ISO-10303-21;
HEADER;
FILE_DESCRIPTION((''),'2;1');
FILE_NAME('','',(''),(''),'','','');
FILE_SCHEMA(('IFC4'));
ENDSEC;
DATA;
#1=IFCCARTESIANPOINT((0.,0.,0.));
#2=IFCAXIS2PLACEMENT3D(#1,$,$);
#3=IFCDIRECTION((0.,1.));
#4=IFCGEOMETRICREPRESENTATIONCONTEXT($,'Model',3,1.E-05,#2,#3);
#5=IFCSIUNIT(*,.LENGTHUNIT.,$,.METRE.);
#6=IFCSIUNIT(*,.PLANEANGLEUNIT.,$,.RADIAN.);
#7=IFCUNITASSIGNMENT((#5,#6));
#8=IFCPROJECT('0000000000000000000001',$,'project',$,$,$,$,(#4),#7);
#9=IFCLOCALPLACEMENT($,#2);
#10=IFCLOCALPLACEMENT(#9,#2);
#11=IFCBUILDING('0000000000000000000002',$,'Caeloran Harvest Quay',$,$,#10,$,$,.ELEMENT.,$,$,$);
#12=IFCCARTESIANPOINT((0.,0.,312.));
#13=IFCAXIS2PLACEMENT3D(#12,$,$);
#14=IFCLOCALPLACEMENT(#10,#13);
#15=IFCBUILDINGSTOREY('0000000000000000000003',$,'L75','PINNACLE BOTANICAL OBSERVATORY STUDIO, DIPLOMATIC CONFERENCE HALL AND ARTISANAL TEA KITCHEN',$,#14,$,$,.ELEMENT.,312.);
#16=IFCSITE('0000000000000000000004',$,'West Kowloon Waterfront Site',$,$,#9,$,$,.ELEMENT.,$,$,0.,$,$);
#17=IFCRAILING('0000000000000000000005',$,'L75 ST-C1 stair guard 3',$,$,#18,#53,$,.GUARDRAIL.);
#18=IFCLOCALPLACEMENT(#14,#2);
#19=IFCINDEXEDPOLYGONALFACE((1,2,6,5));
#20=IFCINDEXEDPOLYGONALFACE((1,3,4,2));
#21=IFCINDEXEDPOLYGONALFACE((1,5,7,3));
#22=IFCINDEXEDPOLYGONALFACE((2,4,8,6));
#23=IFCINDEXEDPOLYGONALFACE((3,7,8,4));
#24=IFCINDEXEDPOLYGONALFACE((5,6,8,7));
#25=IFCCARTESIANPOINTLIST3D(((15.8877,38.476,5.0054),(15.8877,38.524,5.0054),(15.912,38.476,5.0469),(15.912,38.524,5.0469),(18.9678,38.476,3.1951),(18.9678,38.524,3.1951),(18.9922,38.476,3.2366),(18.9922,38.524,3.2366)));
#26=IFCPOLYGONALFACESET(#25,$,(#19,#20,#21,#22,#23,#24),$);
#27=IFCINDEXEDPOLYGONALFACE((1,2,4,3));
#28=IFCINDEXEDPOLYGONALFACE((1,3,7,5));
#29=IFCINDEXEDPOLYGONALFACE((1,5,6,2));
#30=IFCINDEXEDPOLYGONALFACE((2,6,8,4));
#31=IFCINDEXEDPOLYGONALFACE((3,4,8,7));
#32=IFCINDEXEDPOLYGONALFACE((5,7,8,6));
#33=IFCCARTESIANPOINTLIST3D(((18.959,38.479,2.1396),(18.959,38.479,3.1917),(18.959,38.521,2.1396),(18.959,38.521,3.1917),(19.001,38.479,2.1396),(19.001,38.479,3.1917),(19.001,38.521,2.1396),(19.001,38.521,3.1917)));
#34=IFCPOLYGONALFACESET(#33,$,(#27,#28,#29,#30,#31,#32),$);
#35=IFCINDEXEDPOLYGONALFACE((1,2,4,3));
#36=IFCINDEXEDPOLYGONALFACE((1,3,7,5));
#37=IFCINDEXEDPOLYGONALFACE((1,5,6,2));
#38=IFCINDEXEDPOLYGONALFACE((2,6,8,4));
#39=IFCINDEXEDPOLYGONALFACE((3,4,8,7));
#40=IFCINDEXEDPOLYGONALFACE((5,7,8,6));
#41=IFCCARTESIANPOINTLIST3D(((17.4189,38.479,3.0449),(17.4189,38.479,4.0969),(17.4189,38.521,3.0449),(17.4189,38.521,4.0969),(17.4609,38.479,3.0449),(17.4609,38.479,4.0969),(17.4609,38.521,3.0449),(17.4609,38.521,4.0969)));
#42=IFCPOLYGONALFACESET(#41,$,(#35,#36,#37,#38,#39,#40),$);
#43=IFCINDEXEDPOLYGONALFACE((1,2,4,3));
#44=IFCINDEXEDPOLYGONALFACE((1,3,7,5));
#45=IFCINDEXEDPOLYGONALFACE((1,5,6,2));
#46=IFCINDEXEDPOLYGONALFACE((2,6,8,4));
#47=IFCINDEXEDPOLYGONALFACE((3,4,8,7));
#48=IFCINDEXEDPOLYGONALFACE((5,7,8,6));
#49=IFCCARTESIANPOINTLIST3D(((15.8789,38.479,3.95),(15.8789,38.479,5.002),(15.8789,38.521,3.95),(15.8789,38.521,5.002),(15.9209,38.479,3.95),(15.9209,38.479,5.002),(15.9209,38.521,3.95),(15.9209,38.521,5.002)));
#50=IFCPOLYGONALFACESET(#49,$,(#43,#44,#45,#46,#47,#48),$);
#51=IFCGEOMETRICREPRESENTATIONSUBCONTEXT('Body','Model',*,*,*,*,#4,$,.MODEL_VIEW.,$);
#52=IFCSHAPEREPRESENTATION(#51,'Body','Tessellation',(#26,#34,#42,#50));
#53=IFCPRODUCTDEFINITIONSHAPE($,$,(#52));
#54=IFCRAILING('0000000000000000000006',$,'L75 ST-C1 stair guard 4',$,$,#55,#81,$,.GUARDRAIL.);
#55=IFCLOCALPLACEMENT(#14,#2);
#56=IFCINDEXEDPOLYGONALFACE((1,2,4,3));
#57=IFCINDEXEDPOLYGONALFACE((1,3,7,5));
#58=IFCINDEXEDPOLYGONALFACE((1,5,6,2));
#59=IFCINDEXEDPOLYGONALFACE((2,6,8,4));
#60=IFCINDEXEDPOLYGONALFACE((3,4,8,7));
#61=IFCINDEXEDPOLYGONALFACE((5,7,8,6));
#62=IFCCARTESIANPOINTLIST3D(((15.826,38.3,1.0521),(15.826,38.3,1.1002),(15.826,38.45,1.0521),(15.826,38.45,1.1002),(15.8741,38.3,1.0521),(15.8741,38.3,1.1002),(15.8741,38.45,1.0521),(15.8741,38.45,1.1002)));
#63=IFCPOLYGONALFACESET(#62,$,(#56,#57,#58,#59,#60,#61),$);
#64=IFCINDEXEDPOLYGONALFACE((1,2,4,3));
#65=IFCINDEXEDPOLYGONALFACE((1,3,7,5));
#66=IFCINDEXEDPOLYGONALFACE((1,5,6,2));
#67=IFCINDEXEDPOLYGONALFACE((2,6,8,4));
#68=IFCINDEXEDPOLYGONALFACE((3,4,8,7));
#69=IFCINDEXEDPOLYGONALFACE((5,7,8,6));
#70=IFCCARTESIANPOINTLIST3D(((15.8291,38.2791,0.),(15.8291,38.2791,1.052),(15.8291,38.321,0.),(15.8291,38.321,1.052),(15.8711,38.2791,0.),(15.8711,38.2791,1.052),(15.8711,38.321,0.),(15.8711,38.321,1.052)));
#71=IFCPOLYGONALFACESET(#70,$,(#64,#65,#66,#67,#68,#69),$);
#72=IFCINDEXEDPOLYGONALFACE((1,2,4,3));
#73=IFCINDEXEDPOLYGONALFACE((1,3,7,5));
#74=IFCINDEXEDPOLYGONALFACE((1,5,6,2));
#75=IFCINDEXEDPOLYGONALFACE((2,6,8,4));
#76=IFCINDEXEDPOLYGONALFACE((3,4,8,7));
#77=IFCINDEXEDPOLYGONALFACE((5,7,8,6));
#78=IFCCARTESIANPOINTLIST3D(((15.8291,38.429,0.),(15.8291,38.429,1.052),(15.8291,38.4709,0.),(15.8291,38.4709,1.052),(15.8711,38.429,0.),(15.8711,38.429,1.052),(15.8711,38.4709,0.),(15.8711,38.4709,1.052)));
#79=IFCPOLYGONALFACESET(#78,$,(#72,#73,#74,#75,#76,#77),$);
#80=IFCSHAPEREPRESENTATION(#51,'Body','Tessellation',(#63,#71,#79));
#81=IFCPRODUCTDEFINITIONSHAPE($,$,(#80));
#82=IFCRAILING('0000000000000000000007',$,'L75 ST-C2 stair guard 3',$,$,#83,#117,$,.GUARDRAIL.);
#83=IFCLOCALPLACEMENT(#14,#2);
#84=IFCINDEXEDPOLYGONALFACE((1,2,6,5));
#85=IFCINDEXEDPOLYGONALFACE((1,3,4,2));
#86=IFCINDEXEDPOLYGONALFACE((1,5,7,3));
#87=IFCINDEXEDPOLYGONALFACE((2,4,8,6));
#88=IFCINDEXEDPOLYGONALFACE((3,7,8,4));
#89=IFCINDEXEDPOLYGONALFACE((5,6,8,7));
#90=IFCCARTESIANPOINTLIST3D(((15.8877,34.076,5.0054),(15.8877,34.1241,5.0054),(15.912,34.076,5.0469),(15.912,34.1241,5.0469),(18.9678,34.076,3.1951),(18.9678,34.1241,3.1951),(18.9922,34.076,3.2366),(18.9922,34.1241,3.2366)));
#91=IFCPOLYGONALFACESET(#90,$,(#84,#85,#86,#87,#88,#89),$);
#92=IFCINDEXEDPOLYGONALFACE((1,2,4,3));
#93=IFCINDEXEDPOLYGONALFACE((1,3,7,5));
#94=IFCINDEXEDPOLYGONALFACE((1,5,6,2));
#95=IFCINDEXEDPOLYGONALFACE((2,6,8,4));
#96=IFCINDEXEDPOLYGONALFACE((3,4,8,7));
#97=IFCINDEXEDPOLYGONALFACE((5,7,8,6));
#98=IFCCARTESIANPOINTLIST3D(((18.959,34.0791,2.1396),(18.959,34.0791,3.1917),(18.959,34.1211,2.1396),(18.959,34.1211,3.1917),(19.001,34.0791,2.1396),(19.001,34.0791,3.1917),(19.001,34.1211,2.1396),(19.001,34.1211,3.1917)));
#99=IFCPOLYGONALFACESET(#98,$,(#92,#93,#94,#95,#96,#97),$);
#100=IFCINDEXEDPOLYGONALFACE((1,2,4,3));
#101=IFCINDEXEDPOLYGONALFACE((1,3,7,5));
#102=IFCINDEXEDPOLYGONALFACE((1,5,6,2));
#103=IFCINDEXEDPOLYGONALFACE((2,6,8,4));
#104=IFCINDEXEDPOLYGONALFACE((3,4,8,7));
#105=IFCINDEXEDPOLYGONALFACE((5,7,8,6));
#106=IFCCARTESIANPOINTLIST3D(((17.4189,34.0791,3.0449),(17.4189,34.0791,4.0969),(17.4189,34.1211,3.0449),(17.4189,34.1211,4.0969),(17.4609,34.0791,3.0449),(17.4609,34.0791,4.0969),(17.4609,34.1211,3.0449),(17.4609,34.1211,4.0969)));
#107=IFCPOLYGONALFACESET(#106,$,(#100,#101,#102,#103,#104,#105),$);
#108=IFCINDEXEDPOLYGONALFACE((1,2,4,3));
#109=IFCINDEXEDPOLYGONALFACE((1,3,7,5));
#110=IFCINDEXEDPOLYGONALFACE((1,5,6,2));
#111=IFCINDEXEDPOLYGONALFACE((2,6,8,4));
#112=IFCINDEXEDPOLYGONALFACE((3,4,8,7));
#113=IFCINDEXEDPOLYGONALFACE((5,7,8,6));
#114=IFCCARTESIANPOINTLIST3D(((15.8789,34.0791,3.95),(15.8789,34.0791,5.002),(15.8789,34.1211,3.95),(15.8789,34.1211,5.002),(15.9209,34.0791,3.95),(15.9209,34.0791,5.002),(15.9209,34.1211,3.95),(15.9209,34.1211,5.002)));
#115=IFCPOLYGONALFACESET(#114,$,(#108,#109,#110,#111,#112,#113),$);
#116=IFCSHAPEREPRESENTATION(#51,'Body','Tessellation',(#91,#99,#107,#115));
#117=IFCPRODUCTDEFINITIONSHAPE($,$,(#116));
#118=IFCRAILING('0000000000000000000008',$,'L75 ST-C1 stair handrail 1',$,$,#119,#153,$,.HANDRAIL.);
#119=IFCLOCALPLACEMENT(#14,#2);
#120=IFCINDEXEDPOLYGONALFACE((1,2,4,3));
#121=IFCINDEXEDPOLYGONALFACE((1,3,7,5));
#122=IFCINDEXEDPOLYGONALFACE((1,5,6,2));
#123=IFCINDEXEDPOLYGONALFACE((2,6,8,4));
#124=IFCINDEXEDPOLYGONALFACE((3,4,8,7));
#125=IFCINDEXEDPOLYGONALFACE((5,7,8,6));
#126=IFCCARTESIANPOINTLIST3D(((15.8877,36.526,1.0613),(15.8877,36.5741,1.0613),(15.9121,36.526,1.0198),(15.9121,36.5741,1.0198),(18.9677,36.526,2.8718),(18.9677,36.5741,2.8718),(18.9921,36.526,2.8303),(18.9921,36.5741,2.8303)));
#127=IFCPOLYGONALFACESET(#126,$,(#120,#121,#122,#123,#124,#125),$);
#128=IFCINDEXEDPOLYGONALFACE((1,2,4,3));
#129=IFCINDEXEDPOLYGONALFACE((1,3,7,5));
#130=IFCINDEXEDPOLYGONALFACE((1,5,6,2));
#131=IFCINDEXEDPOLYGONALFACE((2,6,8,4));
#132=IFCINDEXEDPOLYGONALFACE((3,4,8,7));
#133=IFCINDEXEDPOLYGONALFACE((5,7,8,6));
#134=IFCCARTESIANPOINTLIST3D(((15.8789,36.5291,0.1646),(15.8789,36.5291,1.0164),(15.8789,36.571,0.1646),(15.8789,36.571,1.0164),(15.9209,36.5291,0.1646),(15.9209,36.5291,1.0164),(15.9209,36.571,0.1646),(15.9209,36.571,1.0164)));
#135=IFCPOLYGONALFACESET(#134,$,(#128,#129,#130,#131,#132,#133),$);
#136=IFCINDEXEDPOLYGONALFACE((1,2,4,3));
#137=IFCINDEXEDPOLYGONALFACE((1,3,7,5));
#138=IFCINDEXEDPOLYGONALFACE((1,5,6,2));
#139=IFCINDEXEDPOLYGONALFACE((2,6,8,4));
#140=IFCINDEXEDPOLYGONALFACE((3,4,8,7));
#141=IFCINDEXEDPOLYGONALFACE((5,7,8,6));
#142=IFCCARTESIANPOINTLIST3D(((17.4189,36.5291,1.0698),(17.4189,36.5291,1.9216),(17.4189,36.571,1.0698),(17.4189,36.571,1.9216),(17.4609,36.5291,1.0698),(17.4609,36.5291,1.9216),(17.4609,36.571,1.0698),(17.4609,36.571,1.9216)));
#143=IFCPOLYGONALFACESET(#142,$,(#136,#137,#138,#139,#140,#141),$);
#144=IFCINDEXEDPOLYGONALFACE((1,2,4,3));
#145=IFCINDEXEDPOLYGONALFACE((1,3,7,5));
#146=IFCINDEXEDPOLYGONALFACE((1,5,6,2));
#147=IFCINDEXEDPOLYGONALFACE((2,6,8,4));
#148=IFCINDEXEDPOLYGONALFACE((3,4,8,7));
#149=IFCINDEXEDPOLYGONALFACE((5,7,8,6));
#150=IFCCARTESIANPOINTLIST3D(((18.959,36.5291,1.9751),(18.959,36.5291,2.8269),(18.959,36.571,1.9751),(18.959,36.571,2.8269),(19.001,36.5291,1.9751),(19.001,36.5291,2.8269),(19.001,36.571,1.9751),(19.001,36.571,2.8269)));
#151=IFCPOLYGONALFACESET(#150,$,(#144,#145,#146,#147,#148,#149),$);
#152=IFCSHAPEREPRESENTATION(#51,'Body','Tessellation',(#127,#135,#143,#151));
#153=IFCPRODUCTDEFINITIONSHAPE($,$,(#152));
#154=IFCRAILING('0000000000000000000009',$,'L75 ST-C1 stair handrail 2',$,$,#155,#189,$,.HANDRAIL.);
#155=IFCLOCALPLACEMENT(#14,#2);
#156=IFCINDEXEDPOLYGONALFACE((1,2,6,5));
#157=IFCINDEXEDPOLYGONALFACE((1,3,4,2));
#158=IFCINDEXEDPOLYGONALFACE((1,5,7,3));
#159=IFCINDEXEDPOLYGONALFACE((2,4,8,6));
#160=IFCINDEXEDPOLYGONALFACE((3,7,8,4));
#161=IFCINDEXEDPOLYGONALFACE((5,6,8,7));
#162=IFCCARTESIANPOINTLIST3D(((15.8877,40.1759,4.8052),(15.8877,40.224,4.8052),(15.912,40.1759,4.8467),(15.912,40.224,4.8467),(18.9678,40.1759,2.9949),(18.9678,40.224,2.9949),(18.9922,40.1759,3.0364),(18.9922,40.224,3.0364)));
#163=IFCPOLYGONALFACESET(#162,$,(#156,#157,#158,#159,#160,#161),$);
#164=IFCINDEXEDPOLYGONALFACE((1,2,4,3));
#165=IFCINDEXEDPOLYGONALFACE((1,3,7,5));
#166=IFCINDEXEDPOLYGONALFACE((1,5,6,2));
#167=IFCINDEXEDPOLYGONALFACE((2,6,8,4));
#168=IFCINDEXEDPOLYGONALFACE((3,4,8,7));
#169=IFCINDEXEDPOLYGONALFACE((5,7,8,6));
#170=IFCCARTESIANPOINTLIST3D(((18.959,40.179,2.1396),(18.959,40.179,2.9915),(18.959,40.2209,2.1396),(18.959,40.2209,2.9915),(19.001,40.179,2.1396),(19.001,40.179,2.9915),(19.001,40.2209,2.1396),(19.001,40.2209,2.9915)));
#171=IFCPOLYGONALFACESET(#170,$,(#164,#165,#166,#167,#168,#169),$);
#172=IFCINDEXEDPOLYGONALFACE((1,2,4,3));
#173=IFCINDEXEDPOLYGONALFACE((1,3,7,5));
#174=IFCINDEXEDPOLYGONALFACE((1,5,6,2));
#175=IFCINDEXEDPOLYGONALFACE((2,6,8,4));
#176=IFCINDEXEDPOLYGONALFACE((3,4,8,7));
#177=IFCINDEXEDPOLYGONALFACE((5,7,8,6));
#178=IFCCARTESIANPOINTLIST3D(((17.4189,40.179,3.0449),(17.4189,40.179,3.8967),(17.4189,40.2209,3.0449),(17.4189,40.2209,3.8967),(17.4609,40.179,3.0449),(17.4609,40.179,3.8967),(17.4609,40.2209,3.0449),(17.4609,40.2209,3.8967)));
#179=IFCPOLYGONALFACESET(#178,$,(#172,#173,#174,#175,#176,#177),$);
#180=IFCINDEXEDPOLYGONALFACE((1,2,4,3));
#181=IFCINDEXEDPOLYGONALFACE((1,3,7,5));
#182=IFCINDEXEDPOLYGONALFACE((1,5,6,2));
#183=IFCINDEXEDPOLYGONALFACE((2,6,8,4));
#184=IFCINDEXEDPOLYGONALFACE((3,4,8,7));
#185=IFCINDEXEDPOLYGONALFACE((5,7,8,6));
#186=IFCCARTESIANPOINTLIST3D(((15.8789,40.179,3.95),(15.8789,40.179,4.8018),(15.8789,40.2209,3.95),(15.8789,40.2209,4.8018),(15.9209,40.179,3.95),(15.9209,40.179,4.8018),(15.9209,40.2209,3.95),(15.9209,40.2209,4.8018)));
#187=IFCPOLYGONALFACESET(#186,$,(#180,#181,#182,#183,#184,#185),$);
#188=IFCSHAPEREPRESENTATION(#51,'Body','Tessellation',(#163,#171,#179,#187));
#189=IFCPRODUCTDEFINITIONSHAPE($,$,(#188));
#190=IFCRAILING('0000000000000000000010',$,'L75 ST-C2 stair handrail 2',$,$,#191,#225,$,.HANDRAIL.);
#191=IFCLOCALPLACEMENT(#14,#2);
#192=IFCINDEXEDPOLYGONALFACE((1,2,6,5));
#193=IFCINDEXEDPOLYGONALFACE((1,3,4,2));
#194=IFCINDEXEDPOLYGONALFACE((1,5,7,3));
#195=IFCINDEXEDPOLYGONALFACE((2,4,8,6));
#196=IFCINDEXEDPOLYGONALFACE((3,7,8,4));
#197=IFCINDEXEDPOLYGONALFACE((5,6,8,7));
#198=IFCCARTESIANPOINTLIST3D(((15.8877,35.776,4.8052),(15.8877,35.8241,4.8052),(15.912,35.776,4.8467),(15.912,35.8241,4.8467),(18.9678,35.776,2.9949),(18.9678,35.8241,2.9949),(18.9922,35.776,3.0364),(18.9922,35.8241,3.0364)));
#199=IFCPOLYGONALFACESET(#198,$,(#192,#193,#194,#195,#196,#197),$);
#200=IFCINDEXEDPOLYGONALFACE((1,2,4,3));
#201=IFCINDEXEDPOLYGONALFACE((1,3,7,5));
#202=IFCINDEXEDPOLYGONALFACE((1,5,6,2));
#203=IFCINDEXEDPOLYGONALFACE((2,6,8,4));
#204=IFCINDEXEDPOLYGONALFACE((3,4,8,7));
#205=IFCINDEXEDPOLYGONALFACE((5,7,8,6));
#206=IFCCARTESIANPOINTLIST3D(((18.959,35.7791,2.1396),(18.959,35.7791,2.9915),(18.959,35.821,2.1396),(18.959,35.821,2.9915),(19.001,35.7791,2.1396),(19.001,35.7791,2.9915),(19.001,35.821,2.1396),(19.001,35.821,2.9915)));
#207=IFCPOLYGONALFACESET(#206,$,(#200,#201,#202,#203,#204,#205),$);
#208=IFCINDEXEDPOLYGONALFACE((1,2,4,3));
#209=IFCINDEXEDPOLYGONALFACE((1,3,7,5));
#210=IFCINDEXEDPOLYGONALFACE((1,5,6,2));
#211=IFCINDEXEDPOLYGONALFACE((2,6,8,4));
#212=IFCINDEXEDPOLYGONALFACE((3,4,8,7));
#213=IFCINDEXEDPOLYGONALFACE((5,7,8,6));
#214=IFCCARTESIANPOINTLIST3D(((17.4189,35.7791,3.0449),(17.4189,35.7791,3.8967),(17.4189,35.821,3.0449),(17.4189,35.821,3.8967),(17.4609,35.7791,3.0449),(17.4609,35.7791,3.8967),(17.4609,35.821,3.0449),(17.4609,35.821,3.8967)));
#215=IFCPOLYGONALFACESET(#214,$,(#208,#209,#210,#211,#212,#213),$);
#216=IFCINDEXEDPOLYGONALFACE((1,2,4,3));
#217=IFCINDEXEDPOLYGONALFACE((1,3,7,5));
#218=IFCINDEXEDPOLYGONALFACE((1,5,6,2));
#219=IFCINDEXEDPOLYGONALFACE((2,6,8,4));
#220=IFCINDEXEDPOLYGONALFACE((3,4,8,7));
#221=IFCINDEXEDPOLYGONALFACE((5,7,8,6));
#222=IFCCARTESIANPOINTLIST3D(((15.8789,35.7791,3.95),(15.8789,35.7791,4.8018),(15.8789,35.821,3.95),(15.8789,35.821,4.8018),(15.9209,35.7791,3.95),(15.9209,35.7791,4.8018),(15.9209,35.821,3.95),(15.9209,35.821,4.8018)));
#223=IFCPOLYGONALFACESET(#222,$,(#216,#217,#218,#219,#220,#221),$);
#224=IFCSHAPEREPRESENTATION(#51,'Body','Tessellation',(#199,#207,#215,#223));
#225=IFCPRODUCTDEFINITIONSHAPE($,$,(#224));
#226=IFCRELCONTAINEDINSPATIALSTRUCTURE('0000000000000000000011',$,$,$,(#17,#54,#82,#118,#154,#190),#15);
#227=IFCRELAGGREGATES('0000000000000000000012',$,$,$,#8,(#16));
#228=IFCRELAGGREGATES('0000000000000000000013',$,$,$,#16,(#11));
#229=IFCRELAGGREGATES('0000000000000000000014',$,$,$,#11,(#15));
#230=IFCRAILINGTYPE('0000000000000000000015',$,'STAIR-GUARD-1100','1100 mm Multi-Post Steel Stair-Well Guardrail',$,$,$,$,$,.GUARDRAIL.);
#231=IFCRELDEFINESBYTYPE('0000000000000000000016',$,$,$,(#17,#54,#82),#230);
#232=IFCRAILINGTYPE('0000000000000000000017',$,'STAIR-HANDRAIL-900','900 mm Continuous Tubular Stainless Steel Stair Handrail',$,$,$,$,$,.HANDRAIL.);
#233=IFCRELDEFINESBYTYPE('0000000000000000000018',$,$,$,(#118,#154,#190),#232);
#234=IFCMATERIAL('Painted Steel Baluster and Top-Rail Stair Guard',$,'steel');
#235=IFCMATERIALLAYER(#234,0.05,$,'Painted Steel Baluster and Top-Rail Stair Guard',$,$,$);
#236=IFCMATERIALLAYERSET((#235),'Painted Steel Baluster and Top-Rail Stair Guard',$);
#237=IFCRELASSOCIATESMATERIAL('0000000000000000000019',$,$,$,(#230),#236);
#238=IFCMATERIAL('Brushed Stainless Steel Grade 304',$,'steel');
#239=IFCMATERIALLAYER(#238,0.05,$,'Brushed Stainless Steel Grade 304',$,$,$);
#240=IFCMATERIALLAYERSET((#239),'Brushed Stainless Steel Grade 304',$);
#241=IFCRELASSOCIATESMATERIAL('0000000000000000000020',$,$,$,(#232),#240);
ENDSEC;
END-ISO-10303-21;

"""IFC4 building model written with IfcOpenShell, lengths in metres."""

from ifc_helpers import new_model, si_unit, direction, frame, origin, origin_2d, place, context, subcontext, project, spatial, rectangle, extrude, material, layer, layer_set, type_object, element, save


model = new_model("IFC4")

# Units and contexts
model_context = context("Model", 3, precision=1e-05, world=origin(), true_north=direction((0.0, 1.0)))
body_context = subcontext(model_context, "Body", "Model", "MODEL_VIEW")
ifc_project = project(units=[si_unit("LENGTHUNIT", "METRE"), si_unit("PLANEANGLEUNIT", "RADIAN")], contexts=[model_context])

# Site, building, storey
site_placement = place(None, origin())
site = spatial("IfcSite", under=ifc_project, at=site_placement, Name="West Kowloon Waterfront Site", CompositionType="ELEMENT", RefElevation=0.0)
building_placement = place(site_placement, origin())
building = spatial("IfcBuilding", under=site, at=building_placement, Name="Caeloran Harvest Quay", CompositionType="ELEMENT")
storey_placement = place(building_placement, frame((0.0, 0.0, 312.0)))
storey = spatial("IfcBuildingStorey", under=building, at=storey_placement, Name="L75", Description="PINNACLE BOTANICAL OBSERVATORY STUDIO, DIPLOMATIC CONFERENCE HALL AND ARTISANAL TEA KITCHEN", CompositionType="ELEMENT", Elevation=312.0)

# Railings
ifc_material_1 = material(Name="Painted Steel Baluster and Top-Rail Stair Guard", Category="steel")
ifc_layer_1 = layer(ifc_material_1, 0.05, Name="Painted Steel Baluster and Top-Rail Stair Guard")
ifc_layer_set_1 = layer_set([ifc_layer_1], Name="Painted Steel Baluster and Top-Rail Stair Guard")
railing_type_1 = type_object("IfcRailingType", Name="STAIR-GUARD-1100", Description="1100 mm Multi-Post Steel Stair-Well Guardrail", PredefinedType="GUARDRAIL", material=ifc_layer_set_1)
railing_1_placement = place(storey_placement, frame((18.98, 38.5, 2.1396)))
element("IfcRailing", 1, at=railing_1_placement, inside=storey, type_object=railing_type_1, Name="L75 ST-C1 stair guard 3", PredefinedType="GUARDRAIL", context=body_context, shape_type="SweptSolid", body=[
    extrude(rectangle(XDim=0.0481, YDim=0.0481, at=origin_2d()), frame((0.0, 0.0, 1.0762), z_axis=(-0.862119, 0.0, 0.506707), x_axis=(0.0, -1.0, 0.0)), (0.0, 0.0, 1.0), 3.5728),
    extrude(rectangle(XDim=0.042, YDim=0.042, at=origin_2d()), origin(), (0.0, 0.0, 1.0), 1.052),
    extrude(rectangle(XDim=0.042, YDim=0.042, at=origin_2d()), frame((-1.54, 0.0, 0.9053)), (0.0, 0.0, 1.0), 1.052),
    extrude(rectangle(XDim=0.042, YDim=0.042, at=origin_2d()), frame((-3.0801, 0.0, 1.8103)), (0.0, 0.0, 1.0), 1.052),
])
railing_2_placement = place(storey_placement, frame((15.8501, 38.3, 0.0)))
element("IfcRailing", 2, at=railing_2_placement, inside=storey, type_object=railing_type_1, Name="L75 ST-C1 stair guard 4", PredefinedType="GUARDRAIL", context=body_context, shape_type="SweptSolid", body=[
    extrude(rectangle(XDim=0.0481, YDim=0.0481, at=origin_2d()), frame((0.0, 0.0, 1.0762), z_axis=(0.0, 1.0, 0.0), x_axis=(-1.0, 0.0, 0.0)), (0.0, 0.0, 1.0), 0.1499),
    extrude(rectangle(XDim=0.042, YDim=0.042, at=origin_2d()), origin(), (0.0, 0.0, 1.0), 1.052),
    extrude(rectangle(XDim=0.042, YDim=0.042, at=origin_2d()), frame((0.0, 0.1499, 0.0)), (0.0, 0.0, 1.0), 1.052),
])
railing_3_placement = place(storey_placement, frame((18.98, 34.1001, 2.1396)))
element("IfcRailing", 3, at=railing_3_placement, inside=storey, type_object=railing_type_1, Name="L75 ST-C2 stair guard 3", PredefinedType="GUARDRAIL", context=body_context, shape_type="SweptSolid", body=[
    extrude(rectangle(XDim=0.0481, YDim=0.0481, at=origin_2d()), frame((0.0, 0.0, 1.0762), z_axis=(-0.862119, 0.0, 0.506707), x_axis=(0.0, -1.0, 0.0)), (0.0, 0.0, 1.0), 3.5728),
    extrude(rectangle(XDim=0.042, YDim=0.042, at=origin_2d()), origin(), (0.0, 0.0, 1.0), 1.052),
    extrude(rectangle(XDim=0.042, YDim=0.042, at=origin_2d()), frame((-1.54, 0.0, 0.9053)), (0.0, 0.0, 1.0), 1.052),
    extrude(rectangle(XDim=0.042, YDim=0.042, at=origin_2d()), frame((-3.0801, 0.0, 1.8103)), (0.0, 0.0, 1.0), 1.052),
])
ifc_material_2 = material(Name="Brushed Stainless Steel Grade 304", Category="steel")
ifc_layer_2 = layer(ifc_material_2, 0.05, Name="Brushed Stainless Steel Grade 304")
ifc_layer_set_2 = layer_set([ifc_layer_2], Name="Brushed Stainless Steel Grade 304")
railing_type_2 = type_object("IfcRailingType", Name="STAIR-HANDRAIL-900", Description="900 mm Continuous Tubular Stainless Steel Stair Handrail", PredefinedType="HANDRAIL", material=ifc_layer_set_2)
railing_4_placement = place(storey_placement, frame((15.8999, 36.55, 0.1646)))
element("IfcRailing", 4, at=railing_4_placement, inside=storey, type_object=railing_type_2, Name="L75 ST-C1 stair handrail 1", PredefinedType="HANDRAIL", context=body_context, shape_type="SweptSolid", body=[
    extrude(rectangle(XDim=0.0481, YDim=0.0481, at=origin_2d()), frame((0.0, 0.0, 0.876), z_axis=(0.862089, 0.0, 0.506757), x_axis=(0.0, 1.0, 0.0)), (0.0, 0.0, 1.0), 3.5728),
    extrude(rectangle(XDim=0.042, YDim=0.042, at=origin_2d()), origin(), (0.0, 0.0, 1.0), 0.8518),
    extrude(rectangle(XDim=0.042, YDim=0.042, at=origin_2d()), frame((1.54, 0.0, 0.9053)), (0.0, 0.0, 1.0), 0.8518),
    extrude(rectangle(XDim=0.042, YDim=0.042, at=origin_2d()), frame((3.0801, 0.0, 1.8105)), (0.0, 0.0, 1.0), 0.8518),
])
for number, where, name in (
    (5, (18.98, 40.2, 2.1396), "L75 ST-C1 stair handrail 2"),
    (6, (18.98, 35.8, 2.1396), "L75 ST-C2 stair handrail 2"),
):
    element("IfcRailing", number, at=place(storey_placement, frame(where)), inside=storey, type_object=railing_type_2, Name=name, PredefinedType="HANDRAIL", context=body_context, shape_type="SweptSolid", body=[
        extrude(rectangle(XDim=0.0481, YDim=0.0481, at=origin_2d()), frame((0.0, 0.0, 0.876), z_axis=(-0.862119, 0.0, 0.506707), x_axis=(0.0, -1.0, 0.0)), (0.0, 0.0, 1.0), 3.5728),
        extrude(rectangle(XDim=0.042, YDim=0.042, at=origin_2d()), origin(), (0.0, 0.0, 1.0), 0.8518),
        extrude(rectangle(XDim=0.042, YDim=0.042, at=origin_2d()), frame((-1.54, 0.0, 0.9053)), (0.0, 0.0, 1.0), 0.8518),
        extrude(rectangle(XDim=0.042, YDim=0.042, at=origin_2d()), frame((-3.0801, 0.0, 1.8103)), (0.0, 0.0, 1.0), 0.8518),
    ])

save(model, "model.ifc")
